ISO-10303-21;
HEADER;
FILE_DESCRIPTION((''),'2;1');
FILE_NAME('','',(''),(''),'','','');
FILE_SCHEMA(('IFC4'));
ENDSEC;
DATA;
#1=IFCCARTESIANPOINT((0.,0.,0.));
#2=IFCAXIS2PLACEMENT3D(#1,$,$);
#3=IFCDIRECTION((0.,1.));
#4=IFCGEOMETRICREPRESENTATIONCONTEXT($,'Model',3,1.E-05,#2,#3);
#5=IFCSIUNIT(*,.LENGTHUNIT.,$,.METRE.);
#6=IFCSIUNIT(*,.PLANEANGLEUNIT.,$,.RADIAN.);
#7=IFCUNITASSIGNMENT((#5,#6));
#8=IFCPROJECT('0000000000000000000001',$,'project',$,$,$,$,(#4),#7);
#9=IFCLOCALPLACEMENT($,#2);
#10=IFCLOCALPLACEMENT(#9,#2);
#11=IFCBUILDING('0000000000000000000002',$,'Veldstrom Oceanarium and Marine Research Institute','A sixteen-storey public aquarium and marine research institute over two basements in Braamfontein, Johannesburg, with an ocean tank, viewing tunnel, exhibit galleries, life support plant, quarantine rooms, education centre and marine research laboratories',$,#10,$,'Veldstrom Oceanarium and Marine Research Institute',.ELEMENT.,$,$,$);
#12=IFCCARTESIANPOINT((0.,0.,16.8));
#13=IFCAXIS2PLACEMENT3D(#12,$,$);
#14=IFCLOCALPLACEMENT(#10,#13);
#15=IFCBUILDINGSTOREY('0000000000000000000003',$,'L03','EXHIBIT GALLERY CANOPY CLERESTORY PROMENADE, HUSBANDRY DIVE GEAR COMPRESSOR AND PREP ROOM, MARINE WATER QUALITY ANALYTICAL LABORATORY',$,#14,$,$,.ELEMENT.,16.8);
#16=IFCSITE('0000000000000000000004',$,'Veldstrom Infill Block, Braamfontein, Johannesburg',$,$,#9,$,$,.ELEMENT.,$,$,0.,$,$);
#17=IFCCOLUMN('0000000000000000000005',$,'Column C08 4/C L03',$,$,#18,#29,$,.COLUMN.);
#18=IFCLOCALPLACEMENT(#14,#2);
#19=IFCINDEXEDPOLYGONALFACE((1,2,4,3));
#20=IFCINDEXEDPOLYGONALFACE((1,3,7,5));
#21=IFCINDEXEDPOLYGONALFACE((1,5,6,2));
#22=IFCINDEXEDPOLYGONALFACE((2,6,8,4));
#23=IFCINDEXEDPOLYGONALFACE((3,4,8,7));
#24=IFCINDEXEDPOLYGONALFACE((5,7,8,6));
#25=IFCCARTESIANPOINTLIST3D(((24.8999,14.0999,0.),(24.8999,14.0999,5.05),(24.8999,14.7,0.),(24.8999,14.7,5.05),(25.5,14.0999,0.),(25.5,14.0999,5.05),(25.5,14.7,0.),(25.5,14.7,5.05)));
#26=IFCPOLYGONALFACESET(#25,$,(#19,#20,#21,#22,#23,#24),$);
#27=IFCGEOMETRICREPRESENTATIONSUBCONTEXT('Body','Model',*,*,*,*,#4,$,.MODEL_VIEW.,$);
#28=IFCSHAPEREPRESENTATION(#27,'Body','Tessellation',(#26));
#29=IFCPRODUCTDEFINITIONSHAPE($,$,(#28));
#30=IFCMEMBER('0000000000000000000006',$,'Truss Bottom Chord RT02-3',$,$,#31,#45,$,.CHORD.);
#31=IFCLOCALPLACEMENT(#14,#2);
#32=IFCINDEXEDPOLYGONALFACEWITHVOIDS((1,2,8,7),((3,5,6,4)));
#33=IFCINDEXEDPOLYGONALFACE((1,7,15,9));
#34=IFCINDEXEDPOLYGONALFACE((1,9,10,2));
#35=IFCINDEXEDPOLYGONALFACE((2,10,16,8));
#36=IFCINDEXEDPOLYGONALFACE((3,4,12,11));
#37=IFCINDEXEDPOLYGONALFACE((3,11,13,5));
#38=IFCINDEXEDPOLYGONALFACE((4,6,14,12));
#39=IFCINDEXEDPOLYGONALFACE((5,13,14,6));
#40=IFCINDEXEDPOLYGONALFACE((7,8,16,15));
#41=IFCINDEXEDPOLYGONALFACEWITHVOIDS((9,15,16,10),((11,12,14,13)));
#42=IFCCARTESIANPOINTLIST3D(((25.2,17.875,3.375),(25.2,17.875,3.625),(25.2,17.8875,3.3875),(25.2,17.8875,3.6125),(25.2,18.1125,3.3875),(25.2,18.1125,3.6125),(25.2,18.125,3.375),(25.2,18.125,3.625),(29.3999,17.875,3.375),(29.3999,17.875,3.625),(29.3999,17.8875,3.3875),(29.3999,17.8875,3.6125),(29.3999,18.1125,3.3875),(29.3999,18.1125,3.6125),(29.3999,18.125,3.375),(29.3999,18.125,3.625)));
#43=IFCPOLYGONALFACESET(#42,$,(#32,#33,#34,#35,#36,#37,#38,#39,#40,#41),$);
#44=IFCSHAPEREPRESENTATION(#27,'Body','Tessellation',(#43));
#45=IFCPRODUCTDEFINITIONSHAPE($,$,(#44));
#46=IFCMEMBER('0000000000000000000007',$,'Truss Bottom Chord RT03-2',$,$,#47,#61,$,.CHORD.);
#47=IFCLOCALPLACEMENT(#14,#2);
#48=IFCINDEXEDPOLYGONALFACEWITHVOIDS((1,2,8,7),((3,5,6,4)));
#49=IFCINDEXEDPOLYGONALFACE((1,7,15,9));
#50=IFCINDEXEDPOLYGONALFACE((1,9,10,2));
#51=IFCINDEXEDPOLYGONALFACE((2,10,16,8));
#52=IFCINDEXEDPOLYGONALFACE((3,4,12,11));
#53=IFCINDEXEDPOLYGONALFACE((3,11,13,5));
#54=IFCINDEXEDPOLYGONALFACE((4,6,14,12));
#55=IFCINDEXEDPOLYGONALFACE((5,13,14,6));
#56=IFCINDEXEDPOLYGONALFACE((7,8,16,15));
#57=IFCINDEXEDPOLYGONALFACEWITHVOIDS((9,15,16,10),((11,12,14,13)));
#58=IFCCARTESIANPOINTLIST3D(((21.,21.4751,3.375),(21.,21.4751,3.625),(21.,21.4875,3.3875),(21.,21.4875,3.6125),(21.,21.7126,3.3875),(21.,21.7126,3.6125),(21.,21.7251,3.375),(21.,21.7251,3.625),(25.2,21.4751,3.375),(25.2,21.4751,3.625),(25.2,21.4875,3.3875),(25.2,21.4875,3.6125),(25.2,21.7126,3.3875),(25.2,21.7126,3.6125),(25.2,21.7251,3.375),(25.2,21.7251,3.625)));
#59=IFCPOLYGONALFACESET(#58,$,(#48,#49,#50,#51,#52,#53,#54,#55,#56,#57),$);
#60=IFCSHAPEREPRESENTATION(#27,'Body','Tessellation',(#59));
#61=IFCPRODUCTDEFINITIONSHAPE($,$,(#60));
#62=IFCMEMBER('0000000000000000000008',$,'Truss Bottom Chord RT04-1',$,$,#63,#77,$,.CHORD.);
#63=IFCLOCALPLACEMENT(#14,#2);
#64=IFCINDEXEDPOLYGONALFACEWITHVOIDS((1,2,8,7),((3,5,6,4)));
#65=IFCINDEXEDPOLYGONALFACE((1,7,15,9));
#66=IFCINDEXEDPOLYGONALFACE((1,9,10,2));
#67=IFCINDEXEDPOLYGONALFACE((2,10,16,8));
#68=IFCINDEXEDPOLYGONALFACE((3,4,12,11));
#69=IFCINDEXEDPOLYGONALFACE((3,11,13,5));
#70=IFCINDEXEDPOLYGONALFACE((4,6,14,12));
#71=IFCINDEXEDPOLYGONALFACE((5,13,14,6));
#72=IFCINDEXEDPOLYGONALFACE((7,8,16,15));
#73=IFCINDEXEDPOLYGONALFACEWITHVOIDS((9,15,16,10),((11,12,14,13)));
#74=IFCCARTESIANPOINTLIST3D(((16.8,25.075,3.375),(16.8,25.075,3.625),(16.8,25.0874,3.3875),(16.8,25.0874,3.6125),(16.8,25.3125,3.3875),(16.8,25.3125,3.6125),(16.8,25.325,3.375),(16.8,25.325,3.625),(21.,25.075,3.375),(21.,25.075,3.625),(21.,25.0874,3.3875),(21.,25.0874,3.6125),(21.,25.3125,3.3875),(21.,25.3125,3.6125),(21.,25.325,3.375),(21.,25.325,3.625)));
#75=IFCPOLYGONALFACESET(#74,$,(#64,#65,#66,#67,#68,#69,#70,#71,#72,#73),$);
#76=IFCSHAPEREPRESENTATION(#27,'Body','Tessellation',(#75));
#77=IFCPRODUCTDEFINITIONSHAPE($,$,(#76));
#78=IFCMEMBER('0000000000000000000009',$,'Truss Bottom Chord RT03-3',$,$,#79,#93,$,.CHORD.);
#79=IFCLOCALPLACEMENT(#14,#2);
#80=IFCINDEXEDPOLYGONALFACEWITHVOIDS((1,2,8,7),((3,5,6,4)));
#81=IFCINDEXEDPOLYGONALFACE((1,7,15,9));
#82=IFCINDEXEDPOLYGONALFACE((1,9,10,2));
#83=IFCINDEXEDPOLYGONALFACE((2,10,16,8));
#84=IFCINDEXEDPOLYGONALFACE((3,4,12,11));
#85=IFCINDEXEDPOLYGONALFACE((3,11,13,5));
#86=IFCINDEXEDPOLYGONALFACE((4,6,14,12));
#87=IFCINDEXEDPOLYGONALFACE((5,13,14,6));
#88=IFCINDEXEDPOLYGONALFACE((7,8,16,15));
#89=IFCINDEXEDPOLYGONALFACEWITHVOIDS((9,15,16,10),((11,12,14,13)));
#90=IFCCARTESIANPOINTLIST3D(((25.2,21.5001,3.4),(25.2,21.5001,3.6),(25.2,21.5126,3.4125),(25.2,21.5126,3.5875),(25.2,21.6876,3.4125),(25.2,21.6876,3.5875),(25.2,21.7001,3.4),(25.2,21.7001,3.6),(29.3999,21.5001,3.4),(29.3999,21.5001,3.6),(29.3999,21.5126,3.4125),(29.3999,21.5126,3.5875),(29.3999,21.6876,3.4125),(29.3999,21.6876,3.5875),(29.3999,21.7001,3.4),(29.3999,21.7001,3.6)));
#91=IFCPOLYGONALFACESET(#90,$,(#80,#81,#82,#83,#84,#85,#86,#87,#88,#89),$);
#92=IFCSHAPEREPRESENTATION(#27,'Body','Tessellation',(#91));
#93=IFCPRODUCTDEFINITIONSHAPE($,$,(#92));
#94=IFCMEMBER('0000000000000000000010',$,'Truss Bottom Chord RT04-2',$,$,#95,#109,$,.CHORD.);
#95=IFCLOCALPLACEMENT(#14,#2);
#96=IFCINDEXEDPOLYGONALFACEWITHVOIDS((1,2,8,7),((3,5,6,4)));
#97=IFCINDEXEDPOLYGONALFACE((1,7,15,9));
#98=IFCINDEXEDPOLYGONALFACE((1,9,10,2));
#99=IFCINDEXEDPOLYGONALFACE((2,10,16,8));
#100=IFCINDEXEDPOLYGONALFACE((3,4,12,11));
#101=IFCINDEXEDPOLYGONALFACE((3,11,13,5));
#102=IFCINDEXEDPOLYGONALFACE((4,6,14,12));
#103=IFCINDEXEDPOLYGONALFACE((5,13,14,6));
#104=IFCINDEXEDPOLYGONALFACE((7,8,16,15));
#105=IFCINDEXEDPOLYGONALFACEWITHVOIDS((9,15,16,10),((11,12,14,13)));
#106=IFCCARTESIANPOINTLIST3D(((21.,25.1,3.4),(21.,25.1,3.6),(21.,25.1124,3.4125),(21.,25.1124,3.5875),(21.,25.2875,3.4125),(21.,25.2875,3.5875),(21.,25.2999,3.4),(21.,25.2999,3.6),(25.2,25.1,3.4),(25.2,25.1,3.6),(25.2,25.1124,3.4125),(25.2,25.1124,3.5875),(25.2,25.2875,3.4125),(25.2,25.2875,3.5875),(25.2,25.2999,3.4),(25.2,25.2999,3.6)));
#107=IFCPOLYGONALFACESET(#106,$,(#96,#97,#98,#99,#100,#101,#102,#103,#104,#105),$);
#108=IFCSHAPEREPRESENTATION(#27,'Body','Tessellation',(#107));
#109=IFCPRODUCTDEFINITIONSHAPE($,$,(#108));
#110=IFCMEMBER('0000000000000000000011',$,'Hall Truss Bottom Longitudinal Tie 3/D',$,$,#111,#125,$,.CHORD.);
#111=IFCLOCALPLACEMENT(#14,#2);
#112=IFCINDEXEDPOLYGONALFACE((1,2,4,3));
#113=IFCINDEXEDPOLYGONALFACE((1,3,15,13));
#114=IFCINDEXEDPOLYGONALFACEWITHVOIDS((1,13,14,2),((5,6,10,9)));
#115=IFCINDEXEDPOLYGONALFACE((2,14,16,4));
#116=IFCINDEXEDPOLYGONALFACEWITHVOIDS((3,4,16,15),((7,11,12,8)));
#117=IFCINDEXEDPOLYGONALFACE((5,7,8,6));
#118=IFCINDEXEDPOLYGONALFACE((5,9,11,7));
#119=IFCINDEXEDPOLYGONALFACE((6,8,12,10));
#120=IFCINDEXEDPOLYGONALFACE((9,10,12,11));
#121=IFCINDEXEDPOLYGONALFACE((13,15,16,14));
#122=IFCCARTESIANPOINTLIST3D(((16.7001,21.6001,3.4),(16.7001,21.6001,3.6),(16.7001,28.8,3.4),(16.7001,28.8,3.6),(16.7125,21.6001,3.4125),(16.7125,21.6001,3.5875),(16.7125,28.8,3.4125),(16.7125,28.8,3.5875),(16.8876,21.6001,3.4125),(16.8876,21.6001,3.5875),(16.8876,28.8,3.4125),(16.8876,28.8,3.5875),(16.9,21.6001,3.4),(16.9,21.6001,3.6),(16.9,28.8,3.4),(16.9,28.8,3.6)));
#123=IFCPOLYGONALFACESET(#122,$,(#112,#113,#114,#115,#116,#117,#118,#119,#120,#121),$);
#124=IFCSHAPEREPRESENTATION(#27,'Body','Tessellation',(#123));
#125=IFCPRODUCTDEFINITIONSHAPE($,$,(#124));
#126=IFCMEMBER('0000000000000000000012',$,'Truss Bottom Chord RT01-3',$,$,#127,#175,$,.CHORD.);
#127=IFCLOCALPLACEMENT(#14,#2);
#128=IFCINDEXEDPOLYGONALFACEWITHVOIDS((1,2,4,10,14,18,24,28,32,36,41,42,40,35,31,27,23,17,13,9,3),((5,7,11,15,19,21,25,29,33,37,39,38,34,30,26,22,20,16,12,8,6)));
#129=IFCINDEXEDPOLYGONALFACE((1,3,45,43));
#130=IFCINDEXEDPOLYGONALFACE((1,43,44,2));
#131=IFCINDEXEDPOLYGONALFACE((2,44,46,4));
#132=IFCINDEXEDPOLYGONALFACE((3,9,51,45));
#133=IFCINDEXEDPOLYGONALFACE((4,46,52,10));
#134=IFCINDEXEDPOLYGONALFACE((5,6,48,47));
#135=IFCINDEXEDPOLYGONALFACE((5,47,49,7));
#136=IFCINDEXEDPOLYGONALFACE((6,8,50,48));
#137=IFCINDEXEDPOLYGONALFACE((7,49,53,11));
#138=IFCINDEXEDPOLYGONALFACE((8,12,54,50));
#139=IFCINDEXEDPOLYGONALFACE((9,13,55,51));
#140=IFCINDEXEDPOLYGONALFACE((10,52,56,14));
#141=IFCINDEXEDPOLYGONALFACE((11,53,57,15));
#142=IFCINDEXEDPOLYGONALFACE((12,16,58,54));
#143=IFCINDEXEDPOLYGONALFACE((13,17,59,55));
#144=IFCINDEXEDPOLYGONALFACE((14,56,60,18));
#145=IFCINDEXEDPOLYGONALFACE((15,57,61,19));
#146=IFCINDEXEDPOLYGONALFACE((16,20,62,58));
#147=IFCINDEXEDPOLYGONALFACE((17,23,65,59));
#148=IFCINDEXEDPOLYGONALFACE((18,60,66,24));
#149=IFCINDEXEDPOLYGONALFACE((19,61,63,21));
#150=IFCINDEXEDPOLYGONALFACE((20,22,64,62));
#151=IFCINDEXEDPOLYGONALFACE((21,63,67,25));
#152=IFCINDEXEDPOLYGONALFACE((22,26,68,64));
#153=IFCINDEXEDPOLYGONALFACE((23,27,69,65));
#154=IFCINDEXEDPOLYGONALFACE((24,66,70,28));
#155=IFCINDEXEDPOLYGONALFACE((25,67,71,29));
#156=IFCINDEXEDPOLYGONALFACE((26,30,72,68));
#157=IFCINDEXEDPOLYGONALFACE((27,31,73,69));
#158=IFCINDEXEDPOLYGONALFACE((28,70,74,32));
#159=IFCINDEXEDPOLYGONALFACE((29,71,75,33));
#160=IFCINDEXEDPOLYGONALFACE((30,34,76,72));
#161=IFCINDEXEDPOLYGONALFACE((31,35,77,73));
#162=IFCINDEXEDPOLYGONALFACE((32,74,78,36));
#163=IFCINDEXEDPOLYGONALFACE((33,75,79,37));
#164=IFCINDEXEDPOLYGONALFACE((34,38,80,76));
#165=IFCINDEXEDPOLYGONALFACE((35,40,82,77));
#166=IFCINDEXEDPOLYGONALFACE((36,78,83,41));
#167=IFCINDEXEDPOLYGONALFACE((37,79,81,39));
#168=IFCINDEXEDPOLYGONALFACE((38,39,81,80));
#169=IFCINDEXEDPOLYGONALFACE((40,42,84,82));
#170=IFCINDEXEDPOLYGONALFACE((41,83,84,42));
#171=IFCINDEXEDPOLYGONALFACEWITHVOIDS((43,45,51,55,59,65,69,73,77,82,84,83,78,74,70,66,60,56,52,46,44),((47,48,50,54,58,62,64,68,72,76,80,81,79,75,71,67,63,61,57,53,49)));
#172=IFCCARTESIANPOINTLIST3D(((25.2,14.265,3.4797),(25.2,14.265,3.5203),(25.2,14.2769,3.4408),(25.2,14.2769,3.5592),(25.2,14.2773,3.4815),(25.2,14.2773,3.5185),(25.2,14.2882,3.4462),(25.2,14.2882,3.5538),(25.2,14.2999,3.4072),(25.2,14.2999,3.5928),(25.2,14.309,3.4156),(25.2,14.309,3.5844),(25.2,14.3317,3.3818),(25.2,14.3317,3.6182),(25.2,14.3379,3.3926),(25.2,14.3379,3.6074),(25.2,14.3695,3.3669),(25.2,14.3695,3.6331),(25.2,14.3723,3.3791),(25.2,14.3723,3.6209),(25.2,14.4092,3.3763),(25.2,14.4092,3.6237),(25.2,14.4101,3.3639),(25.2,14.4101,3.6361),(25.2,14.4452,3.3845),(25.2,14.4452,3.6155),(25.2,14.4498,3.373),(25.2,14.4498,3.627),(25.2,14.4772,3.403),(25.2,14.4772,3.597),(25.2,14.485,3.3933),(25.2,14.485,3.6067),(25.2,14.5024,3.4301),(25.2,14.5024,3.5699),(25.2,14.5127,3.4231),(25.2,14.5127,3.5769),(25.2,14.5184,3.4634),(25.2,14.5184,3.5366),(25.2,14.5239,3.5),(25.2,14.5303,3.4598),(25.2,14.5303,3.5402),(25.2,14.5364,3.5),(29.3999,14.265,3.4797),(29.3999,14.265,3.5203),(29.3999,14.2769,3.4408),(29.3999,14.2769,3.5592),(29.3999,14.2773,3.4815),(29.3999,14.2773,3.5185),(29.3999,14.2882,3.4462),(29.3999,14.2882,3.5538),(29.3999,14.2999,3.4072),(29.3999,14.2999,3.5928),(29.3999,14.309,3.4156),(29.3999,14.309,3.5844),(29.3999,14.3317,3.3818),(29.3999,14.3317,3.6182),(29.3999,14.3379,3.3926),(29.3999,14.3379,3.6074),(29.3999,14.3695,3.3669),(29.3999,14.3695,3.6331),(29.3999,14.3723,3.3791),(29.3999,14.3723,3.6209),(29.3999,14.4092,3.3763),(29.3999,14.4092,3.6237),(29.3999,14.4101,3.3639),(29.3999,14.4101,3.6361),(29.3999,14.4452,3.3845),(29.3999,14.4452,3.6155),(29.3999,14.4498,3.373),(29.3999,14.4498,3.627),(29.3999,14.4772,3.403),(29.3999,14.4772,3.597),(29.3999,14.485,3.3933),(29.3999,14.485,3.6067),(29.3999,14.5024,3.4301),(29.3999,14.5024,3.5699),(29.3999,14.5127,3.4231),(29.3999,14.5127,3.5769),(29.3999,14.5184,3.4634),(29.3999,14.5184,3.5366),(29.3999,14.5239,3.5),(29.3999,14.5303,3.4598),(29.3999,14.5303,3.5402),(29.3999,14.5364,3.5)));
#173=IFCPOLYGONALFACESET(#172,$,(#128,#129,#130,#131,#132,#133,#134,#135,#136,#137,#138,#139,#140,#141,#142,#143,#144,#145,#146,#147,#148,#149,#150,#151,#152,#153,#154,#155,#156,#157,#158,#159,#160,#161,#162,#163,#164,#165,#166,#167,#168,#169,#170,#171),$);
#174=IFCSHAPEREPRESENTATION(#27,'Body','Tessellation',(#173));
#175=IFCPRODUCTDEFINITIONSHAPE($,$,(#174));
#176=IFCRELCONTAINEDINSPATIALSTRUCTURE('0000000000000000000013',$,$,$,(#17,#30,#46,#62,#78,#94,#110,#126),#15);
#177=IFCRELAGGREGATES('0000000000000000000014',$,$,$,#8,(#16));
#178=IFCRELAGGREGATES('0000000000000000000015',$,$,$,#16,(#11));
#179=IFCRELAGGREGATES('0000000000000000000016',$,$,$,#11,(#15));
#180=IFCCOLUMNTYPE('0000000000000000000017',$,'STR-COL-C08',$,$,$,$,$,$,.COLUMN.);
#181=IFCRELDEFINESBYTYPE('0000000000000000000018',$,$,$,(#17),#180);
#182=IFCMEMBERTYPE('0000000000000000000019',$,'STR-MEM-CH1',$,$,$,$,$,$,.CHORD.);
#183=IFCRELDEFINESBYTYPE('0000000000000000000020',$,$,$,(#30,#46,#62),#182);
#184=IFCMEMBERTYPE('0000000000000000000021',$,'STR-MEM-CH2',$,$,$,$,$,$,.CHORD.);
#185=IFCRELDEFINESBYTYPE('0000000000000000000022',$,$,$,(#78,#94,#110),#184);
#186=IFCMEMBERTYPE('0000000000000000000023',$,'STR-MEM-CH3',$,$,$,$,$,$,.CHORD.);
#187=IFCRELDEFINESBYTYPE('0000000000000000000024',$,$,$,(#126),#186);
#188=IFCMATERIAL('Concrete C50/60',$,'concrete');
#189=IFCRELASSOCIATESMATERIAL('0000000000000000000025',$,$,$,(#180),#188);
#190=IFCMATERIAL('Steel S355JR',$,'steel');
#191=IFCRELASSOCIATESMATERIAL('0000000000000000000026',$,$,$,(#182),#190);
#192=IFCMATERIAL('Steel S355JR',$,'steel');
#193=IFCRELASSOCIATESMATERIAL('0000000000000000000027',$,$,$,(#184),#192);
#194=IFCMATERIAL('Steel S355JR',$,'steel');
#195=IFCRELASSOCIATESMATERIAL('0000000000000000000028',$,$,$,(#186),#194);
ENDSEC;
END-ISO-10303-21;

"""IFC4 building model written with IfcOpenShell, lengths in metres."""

from ifc_helpers import new_model, si_unit, direction, frame, origin, origin_2d, place, context, subcontext, project, spatial, rectangle, hollow_rectangle, hollow_circle, extrude, material, material_profile, profile_set, type_object, element, save


model = new_model("IFC4")

# Units and contexts
model_context = context("Model", 3, precision=1e-05, world=origin(), true_north=direction((0.0, 1.0)))
body_context = subcontext(model_context, "Body", "Model", "MODEL_VIEW")
ifc_project = project(units=[si_unit("LENGTHUNIT", "METRE"), si_unit("PLANEANGLEUNIT", "RADIAN")], contexts=[model_context])

# Site, building, storey
site_placement = place(None, origin())
site = spatial("IfcSite", under=ifc_project, at=site_placement, Name="Veldstrom Infill Block, Braamfontein, Johannesburg", CompositionType="ELEMENT", RefElevation=0.0)
building_placement = place(site_placement, origin())
building = spatial("IfcBuilding", under=site, at=building_placement, Name="Veldstrom Oceanarium and Marine Research Institute", Description="A sixteen-storey public aquarium and marine research institute over two basements in Braamfontein, Johannesburg, with an ocean tank, viewing tunnel, exhibit galleries, life support plant, quarantine rooms, education centre and marine research laboratories", LongName="Veldstrom Oceanarium and Marine Research Institute", CompositionType="ELEMENT")
storey_placement = place(building_placement, frame((0.0, 0.0, 16.8)))
storey = spatial("IfcBuildingStorey", under=building, at=storey_placement, Name="L03", Description="EXHIBIT GALLERY CANOPY CLERESTORY PROMENADE, HUSBANDRY DIVE GEAR COMPRESSOR AND PREP ROOM, MARINE WATER QUALITY ANALYTICAL LABORATORY", CompositionType="ELEMENT", Elevation=16.8)

# Column
ifc_material_1 = material(Name="Concrete C50/60", Category="concrete")
ifc_material_profile_1 = material_profile(ifc_material_1, rectangle(XDim=0.6001, YDim=0.6001, at=origin_2d()), Name="RC-COL-600x600")
ifc_profile_set_1 = profile_set([ifc_material_profile_1], Name="Concrete C50/60")
column_type = type_object("IfcColumnType", Name="STR-COL-C08", PredefinedType="COLUMN", material=ifc_profile_set_1)
column_placement = place(storey_placement, frame((25.2, 14.3999, 0.0), z_axis=(0.0, 0.0, 1.0), x_axis=(1.0, 0.0, 0.0)))
element("IfcColumn", 1, at=column_placement, inside=storey, type_object=column_type, Name="Column C08 4/C L03", PredefinedType="COLUMN", context=body_context, shape_type="SweptSolid", body=[
    extrude(rectangle(XDim=0.6001, YDim=0.6001, at=origin_2d()), origin(), (0.0, 0.0, 1.0), 5.05),
])

# Members
ifc_material_2 = material(Name="Steel S355JR", Category="steel")
ifc_material_profile_2 = material_profile(ifc_material_2, hollow_rectangle(XDim=0.25, YDim=0.25, WallThickness=0.0125, at=origin_2d()), Name="SHS 250x250x12.5")
ifc_profile_set_2 = profile_set([ifc_material_profile_2], Name="Steel S355JR")
member_type_1 = type_object("IfcMemberType", Name="STR-MEM-CH1", PredefinedType="CHORD", material=ifc_profile_set_2)
for number, where, z_axis, x_axis, name in (
    (2, (25.2, 18.0, 3.5), (1.0, 0.0, 0.0), (0.0, 1.0, 0.0), "Truss Bottom Chord RT02-3"),
    (3, (21.0, 21.6001, 3.5), (1.0, 0.0, 0.0), (0.0, 1.0, 0.0), "Truss Bottom Chord RT03-2"),
    (4, (16.8, 25.2, 3.5), (1.0, 0.0, 0.0), (0.0, 1.0, 0.0), "Truss Bottom Chord RT04-1"),
):
    element("IfcMember", number, at=place(storey_placement, frame(where, z_axis=z_axis, x_axis=x_axis)), inside=storey, type_object=member_type_1, Name=name, PredefinedType="CHORD", context=body_context, shape_type="SweptSolid", body=[
        extrude(hollow_rectangle(XDim=0.25, YDim=0.25, WallThickness=0.0125, at=origin_2d()), origin(), (0.0, 0.0, 1.0), 4.2),
    ])
ifc_material_3 = material(Name="Steel S355JR", Category="steel")
ifc_material_profile_3 = material_profile(ifc_material_3, hollow_rectangle(XDim=0.2, YDim=0.2, WallThickness=0.0125, at=origin_2d()), Name="SHS 200x200x12.5")
ifc_profile_set_3 = profile_set([ifc_material_profile_3], Name="Steel S355JR")
member_type_2 = type_object("IfcMemberType", Name="STR-MEM-CH2", PredefinedType="CHORD", material=ifc_profile_set_3)
for number, where, z_axis, x_axis, name in (
    (5, (25.2, 21.6001, 3.5), (1.0, 0.0, 0.0), (0.0, 1.0, 0.0), "Truss Bottom Chord RT03-3"),
    (6, (21.0, 25.2, 3.5), (1.0, 0.0, 0.0), (0.0, 1.0, 0.0), "Truss Bottom Chord RT04-2"),
):
    element("IfcMember", number, at=place(storey_placement, frame(where, z_axis=z_axis, x_axis=x_axis)), inside=storey, type_object=member_type_2, Name=name, PredefinedType="CHORD", context=body_context, shape_type="SweptSolid", body=[
        extrude(hollow_rectangle(XDim=0.2, YDim=0.2, WallThickness=0.0125, at=origin_2d()), origin(), (0.0, 0.0, 1.0), 4.2),
    ])
member_1_placement = place(storey_placement, frame((16.8, 21.6001, 3.5), z_axis=(0.0, 1.0, 0.0), x_axis=(-1.0, 0.0, 0.0)))
element("IfcMember", 7, at=member_1_placement, inside=storey, type_object=member_type_2, Name="Hall Truss Bottom Longitudinal Tie 3/D", PredefinedType="CHORD", context=body_context, shape_type="SweptSolid", body=[
    extrude(hollow_rectangle(XDim=0.2, YDim=0.2, WallThickness=0.0125, at=origin_2d()), origin(), (0.0, 0.0, 1.0), 7.2),
])
ifc_material_4 = material(Name="Steel S355JR", Category="steel")
ifc_material_profile_4 = material_profile(ifc_material_4, hollow_circle(Radius=0.1365, WallThickness=0.0125, at=origin_2d()), Name="CHS 273x12.5")
ifc_profile_set_4 = profile_set([ifc_material_profile_4], Name="Steel S355JR")
member_type_3 = type_object("IfcMemberType", Name="STR-MEM-CH3", PredefinedType="CHORD", material=ifc_profile_set_4)
for number, where, z_axis, x_axis, name in (
    (8, (25.2, 14.3999, 3.5), (1.0, 0.0, 0.0), (0.0, 1.0, 0.0), "Truss Bottom Chord RT01-3"),
):
    element("IfcMember", number, at=place(storey_placement, frame(where, z_axis=z_axis, x_axis=x_axis)), inside=storey, type_object=member_type_3, Name=name, PredefinedType="CHORD", context=body_context, shape_type="SweptSolid", body=[
        extrude(hollow_circle(Radius=0.1365, WallThickness=0.0125, at=origin_2d()), origin(), (0.0, 0.0, 1.0), 4.2),
    ])

save(model, "model.ifc")
